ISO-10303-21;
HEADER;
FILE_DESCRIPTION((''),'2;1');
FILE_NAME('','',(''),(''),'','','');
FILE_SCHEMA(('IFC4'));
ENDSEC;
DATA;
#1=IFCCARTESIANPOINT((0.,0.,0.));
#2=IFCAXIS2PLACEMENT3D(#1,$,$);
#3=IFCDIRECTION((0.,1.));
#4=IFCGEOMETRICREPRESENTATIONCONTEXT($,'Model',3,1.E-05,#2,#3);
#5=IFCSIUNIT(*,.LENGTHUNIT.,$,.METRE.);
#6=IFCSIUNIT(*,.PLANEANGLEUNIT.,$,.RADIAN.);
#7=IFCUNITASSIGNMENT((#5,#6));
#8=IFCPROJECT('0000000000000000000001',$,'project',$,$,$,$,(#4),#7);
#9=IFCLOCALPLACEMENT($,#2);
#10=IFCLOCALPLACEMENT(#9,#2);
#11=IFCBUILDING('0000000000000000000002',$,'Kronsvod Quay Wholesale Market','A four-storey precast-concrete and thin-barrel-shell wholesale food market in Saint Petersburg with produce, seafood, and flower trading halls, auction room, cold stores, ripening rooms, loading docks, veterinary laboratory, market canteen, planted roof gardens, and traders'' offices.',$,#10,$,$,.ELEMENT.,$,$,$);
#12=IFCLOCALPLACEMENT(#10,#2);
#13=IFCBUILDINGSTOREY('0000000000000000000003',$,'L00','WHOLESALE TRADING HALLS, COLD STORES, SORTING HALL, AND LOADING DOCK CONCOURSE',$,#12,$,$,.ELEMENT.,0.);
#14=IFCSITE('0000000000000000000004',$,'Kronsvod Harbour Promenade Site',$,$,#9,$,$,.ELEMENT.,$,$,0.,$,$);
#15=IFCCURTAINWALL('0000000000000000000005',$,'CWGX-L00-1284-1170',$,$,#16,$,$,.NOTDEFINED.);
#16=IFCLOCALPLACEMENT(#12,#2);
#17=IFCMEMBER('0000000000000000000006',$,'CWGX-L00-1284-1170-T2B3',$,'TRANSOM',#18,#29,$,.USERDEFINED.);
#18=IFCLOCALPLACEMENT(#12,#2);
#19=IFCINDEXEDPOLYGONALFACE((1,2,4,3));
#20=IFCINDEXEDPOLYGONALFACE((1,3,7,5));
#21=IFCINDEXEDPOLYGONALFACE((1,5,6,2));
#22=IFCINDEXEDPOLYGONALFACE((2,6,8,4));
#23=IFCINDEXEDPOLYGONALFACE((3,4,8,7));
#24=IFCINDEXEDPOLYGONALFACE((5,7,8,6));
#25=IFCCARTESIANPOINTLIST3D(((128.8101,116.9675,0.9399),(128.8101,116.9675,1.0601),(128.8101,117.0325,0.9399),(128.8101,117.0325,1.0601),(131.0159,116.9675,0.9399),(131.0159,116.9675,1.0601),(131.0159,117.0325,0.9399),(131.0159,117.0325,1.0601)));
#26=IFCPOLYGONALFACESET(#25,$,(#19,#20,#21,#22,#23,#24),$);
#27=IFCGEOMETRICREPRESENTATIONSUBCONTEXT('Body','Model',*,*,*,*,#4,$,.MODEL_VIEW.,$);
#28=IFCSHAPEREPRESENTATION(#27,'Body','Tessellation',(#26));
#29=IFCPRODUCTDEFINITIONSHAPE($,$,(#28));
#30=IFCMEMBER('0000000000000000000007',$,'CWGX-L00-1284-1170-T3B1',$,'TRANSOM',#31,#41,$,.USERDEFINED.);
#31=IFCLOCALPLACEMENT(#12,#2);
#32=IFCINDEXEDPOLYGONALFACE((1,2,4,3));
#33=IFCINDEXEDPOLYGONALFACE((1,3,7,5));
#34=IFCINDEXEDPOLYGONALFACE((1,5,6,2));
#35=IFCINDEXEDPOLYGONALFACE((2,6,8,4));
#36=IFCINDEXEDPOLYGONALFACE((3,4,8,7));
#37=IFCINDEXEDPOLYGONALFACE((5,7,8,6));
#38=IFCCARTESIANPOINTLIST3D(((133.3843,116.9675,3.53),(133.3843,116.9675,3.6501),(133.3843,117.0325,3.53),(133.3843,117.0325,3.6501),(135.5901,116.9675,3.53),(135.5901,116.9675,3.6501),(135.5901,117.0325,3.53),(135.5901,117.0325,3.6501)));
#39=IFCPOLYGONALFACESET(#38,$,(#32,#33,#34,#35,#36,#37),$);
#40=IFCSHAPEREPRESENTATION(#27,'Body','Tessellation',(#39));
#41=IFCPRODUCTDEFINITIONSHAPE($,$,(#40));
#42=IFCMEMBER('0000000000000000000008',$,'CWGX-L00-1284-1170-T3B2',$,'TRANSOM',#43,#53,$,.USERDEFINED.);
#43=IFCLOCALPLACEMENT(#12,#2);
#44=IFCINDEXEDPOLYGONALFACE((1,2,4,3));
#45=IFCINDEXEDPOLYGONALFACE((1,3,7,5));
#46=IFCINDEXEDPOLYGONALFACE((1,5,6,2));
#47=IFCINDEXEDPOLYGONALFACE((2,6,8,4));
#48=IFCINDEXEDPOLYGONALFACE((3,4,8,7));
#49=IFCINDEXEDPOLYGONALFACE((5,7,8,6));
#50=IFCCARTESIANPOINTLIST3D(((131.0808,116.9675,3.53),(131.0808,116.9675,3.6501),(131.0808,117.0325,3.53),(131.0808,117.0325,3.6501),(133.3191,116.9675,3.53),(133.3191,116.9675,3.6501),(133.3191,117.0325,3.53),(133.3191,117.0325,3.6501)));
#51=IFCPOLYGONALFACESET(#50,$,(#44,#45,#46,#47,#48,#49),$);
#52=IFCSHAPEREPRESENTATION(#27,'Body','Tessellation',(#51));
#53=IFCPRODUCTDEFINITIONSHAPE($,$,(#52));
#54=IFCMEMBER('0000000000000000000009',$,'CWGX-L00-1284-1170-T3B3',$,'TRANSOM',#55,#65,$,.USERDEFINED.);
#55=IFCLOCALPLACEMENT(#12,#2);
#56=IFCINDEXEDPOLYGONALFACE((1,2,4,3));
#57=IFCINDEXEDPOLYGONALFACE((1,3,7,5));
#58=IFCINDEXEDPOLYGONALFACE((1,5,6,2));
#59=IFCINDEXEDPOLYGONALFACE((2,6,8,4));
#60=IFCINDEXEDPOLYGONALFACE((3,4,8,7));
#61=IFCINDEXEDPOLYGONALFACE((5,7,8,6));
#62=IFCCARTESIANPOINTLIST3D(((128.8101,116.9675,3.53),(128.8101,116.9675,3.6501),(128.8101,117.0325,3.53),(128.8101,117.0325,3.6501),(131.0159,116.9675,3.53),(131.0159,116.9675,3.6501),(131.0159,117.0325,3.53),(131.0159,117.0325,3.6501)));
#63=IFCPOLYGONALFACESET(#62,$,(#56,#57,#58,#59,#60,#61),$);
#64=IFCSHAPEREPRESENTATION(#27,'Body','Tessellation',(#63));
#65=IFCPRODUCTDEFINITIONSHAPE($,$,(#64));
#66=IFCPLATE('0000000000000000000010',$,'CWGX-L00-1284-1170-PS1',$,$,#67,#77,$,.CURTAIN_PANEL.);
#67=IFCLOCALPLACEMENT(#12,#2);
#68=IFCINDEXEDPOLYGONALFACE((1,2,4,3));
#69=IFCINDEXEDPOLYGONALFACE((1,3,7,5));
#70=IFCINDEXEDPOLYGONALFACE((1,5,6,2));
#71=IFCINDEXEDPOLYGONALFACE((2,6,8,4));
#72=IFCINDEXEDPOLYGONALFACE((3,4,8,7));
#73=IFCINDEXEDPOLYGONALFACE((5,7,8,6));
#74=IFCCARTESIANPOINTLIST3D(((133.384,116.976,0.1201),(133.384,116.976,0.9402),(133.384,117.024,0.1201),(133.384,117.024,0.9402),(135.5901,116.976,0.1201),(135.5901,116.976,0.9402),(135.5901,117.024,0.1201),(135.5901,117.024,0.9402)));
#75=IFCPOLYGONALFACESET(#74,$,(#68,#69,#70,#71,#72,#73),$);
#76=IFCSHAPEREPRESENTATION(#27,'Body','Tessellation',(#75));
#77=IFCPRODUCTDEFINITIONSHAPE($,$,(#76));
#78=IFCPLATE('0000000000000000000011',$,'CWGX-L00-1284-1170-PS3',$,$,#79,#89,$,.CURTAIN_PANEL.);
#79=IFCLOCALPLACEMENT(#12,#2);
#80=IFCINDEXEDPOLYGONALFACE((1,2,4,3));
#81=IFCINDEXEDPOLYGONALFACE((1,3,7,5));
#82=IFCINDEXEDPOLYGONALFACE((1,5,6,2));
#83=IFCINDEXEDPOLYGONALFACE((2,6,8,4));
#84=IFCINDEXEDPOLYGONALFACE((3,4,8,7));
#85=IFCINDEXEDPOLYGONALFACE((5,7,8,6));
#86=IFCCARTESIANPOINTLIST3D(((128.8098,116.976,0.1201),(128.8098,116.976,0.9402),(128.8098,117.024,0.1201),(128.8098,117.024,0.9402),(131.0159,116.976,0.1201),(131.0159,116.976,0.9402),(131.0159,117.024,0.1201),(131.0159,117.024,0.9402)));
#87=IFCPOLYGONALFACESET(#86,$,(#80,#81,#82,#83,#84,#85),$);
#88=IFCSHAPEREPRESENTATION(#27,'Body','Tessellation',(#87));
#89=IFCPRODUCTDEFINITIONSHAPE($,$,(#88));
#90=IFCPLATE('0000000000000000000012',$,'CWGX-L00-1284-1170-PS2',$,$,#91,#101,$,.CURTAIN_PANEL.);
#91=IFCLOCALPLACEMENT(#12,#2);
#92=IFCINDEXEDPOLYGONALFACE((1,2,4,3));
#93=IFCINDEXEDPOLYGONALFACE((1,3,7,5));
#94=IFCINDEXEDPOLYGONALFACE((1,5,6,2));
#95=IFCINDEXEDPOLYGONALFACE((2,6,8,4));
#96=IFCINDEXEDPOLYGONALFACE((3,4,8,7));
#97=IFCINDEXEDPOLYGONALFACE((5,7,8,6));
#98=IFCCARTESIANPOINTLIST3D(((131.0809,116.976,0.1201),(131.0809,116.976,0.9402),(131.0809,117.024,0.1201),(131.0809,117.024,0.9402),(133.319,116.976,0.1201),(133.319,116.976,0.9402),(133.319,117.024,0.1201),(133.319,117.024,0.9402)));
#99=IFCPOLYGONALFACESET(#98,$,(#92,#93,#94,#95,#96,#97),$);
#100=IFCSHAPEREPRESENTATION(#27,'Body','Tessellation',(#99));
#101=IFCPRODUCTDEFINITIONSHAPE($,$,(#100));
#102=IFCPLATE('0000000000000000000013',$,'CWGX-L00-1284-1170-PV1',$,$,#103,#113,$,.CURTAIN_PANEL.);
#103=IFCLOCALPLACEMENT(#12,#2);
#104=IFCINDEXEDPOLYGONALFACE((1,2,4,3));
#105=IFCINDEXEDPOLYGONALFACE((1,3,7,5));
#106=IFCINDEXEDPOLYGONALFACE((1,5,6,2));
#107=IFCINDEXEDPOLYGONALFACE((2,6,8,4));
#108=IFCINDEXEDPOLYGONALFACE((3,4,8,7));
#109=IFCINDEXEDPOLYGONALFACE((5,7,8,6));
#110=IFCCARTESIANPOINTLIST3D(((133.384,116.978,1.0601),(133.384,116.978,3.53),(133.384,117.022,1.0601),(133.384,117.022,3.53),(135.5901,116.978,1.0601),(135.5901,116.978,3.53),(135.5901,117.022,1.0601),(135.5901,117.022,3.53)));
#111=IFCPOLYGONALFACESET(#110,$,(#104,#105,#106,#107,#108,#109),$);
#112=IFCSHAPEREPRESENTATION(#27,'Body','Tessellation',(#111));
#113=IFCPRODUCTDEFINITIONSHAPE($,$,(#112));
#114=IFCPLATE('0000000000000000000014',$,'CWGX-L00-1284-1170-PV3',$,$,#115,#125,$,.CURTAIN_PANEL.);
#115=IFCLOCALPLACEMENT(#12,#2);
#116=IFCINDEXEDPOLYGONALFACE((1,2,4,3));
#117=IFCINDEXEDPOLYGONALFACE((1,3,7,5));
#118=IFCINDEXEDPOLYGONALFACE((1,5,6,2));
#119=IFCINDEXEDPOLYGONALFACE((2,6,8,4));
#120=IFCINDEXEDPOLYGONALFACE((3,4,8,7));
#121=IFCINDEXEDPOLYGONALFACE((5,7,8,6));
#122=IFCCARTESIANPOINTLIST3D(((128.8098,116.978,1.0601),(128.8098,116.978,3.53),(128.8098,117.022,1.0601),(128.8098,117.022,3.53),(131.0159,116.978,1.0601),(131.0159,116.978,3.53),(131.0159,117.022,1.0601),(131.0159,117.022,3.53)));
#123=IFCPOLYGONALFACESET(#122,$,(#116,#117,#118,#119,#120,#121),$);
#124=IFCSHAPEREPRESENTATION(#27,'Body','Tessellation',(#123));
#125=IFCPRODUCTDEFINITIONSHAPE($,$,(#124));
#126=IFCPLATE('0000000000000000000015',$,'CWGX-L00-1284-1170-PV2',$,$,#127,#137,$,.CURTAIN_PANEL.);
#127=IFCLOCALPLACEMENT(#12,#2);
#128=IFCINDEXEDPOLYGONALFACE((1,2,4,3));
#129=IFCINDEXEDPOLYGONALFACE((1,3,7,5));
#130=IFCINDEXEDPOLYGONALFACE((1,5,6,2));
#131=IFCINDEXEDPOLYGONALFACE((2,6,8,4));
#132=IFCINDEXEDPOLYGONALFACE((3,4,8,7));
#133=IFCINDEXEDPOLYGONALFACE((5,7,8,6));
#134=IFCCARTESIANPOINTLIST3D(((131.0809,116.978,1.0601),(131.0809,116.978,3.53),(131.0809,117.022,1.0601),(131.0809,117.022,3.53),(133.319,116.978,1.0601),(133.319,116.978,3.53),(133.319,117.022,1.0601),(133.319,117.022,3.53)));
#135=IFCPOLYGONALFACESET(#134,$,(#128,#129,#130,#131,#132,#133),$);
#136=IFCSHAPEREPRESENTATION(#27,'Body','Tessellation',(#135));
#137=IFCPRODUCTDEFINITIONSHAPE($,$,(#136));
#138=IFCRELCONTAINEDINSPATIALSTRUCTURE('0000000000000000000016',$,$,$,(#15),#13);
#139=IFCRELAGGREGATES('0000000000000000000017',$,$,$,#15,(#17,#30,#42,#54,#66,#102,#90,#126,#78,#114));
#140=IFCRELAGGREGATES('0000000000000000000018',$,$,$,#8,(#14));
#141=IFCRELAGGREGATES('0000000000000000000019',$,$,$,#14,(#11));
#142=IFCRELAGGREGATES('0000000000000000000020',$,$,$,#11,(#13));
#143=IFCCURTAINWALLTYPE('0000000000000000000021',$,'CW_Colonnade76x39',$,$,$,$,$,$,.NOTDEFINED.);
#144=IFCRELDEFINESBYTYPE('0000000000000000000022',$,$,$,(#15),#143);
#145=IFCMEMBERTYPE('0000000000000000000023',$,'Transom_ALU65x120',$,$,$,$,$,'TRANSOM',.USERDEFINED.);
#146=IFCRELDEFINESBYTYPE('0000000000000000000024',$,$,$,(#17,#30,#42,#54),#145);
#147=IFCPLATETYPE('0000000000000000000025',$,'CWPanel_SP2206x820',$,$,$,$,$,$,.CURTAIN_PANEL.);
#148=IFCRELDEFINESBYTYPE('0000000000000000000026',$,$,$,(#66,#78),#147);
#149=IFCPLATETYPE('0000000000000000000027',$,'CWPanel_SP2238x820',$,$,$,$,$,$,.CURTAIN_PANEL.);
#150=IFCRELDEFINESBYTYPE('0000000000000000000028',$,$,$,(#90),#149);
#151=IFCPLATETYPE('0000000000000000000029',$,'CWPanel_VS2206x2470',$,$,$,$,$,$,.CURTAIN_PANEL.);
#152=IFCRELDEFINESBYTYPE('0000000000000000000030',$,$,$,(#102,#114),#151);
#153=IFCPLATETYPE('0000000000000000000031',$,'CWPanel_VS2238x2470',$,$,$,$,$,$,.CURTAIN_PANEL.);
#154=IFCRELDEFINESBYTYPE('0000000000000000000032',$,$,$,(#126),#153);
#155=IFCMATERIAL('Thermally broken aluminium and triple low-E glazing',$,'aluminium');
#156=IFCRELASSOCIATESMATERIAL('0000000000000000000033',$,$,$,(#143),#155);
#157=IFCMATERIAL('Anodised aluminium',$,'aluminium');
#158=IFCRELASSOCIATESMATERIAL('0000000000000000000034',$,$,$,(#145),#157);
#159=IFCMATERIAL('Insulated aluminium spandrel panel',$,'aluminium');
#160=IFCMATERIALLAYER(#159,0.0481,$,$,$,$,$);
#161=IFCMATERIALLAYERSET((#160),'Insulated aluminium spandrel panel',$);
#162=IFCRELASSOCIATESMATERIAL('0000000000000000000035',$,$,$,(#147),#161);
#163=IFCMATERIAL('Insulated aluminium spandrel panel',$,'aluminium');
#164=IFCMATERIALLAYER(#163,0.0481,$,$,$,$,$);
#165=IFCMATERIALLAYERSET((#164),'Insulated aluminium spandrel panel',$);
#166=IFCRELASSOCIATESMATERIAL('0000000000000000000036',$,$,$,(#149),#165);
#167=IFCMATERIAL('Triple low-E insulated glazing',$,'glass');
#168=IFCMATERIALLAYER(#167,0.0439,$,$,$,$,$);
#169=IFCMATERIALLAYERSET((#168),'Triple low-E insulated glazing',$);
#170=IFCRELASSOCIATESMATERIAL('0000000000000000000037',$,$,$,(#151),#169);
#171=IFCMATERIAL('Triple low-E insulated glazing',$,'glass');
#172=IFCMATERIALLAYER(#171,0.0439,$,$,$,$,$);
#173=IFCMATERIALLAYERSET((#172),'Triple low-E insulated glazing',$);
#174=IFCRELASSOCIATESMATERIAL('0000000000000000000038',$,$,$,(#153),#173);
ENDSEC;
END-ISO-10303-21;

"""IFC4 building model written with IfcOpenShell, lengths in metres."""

from ifc_helpers import new_model, si_unit, direction, frame, origin, origin_2d, place, context, subcontext, project, spatial, rectangle, extrude, material, layer, layer_set, material_profile, profile_set, type_object, element, aggregate, save


model = new_model("IFC4")

# Units and contexts
model_context = context("Model", 3, precision=1e-05, world=origin(), true_north=direction((0.0, 1.0)))
body_context = subcontext(model_context, "Body", "Model", "MODEL_VIEW")
ifc_project = project(units=[si_unit("LENGTHUNIT", "METRE"), si_unit("PLANEANGLEUNIT", "RADIAN")], contexts=[model_context])

# Site, building, storey
site_placement = place(None, origin())
site = spatial("IfcSite", under=ifc_project, at=site_placement, Name="Kronsvod Harbour Promenade Site", CompositionType="ELEMENT", RefElevation=0.0)
building_placement = place(site_placement, origin())
building = spatial("IfcBuilding", under=site, at=building_placement, Name="Kronsvod Quay Wholesale Market", Description="A four-storey precast-concrete and thin-barrel-shell wholesale food market in Saint Petersburg with produce, seafood, and flower trading halls, auction room, cold stores, ripening rooms, loading docks, veterinary laboratory, market canteen, planted roof gardens, and traders' offices.", CompositionType="ELEMENT")
storey_placement = place(building_placement, origin())
storey = spatial("IfcBuildingStorey", under=building, at=storey_placement, Name="L00", Description="WHOLESALE TRADING HALLS, COLD STORES, SORTING HALL, AND LOADING DOCK CONCOURSE", CompositionType="ELEMENT", Elevation=0.0)

# Curtain wall, members, plates
ifc_material_1 = material(Name="Thermally broken aluminium and triple low-E glazing", Category="aluminium")
curtain_wall_type = type_object("IfcCurtainWallType", Name="CW_Colonnade76x39", PredefinedType="NOTDEFINED", material=ifc_material_1)
curtain_wall_placement = place(storey_placement, origin())
curtain_wall = element("IfcCurtainWall", 1, at=curtain_wall_placement, inside=storey, type_object=curtain_wall_type, Name="CWGX-L00-1284-1170", PredefinedType="NOTDEFINED")
ifc_material_2 = material(Name="Anodised aluminium", Category="aluminium")
ifc_material_profile_1 = material_profile(ifc_material_2, rectangle(XDim=0.0649, YDim=0.1201, at=origin_2d()), Name="ALUT65x120")
ifc_profile_set_1 = profile_set([ifc_material_profile_1], Name="Anodised aluminium")
member_type_1 = type_object("IfcMemberType", Name="Transom_ALU65x120", ElementType="TRANSOM", PredefinedType="USERDEFINED", material=ifc_profile_set_1)
member_1_placement = place(storey_placement, frame((131.0159, 117.0, 1.0), z_axis=(-1.0, 0.0, 0.0), x_axis=(0.0, -1.0, 0.0)))
member_1 = element("IfcMember", 2, at=member_1_placement, type_object=member_type_1, Name="CWGX-L00-1284-1170-T2B3", ObjectType="TRANSOM", PredefinedType="USERDEFINED", context=body_context, shape_type="SweptSolid", body=[
    extrude(rectangle(XDim=0.0649, YDim=0.1201, at=origin_2d()), origin(), (0.0, 0.0, 1.0), 2.2058),
])
member_2_placement = place(storey_placement, frame((135.5901, 117.0, 3.5901), z_axis=(-1.0, 0.0, 0.0), x_axis=(0.0, -1.0, 0.0)))
member_2 = element("IfcMember", 3, at=member_2_placement, type_object=member_type_1, Name="CWGX-L00-1284-1170-T3B1", ObjectType="TRANSOM", PredefinedType="USERDEFINED", context=body_context, shape_type="SweptSolid", body=[
    extrude(rectangle(XDim=0.0649, YDim=0.1201, at=origin_2d()), origin(), (0.0, 0.0, 1.0), 2.2058),
])
member_3_placement = place(storey_placement, frame((133.3191, 117.0, 3.5901), z_axis=(-1.0, 0.0, 0.0), x_axis=(0.0, -1.0, 0.0)))
member_3 = element("IfcMember", 4, at=member_3_placement, type_object=member_type_1, Name="CWGX-L00-1284-1170-T3B2", ObjectType="TRANSOM", PredefinedType="USERDEFINED", context=body_context, shape_type="SweptSolid", body=[
    extrude(rectangle(XDim=0.0649, YDim=0.1201, at=origin_2d()), origin(), (0.0, 0.0, 1.0), 2.2383),
])
member_4_placement = place(storey_placement, frame((131.0159, 117.0, 3.5901), z_axis=(-1.0, 0.0, 0.0), x_axis=(0.0, -1.0, 0.0)))
member_4 = element("IfcMember", 5, at=member_4_placement, type_object=member_type_1, Name="CWGX-L00-1284-1170-T3B3", ObjectType="TRANSOM", PredefinedType="USERDEFINED", context=body_context, shape_type="SweptSolid", body=[
    extrude(rectangle(XDim=0.0649, YDim=0.1201, at=origin_2d()), origin(), (0.0, 0.0, 1.0), 2.2058),
])
ifc_material_3 = material(Name="Insulated aluminium spandrel panel", Category="aluminium")
ifc_layer_1 = layer(ifc_material_3, 0.0481)
ifc_layer_set_1 = layer_set([ifc_layer_1], Name="Insulated aluminium spandrel panel")
plate_type_1 = type_object("IfcPlateType", Name="CWPanel_SP2206x820", PredefinedType="CURTAIN_PANEL", material=ifc_layer_set_1)
plate_1_placement = place(storey_placement, frame((134.4871, 117.0, 0.1201), z_axis=(0.0, 0.0, 1.0), x_axis=(-1.0, 0.0, 0.0)))
plate_1 = element("IfcPlate", 6, at=plate_1_placement, type_object=plate_type_1, Name="CWGX-L00-1284-1170-PS1", PredefinedType="CURTAIN_PANEL", context=body_context, shape_type="SweptSolid", body=[
    extrude(rectangle(XDim=2.2061, YDim=0.0481, at=origin_2d()), origin(), (0.0, 0.0, 1.0), 0.8201),
])
plate_2_placement = place(storey_placement, frame((129.9128, 117.0, 0.1201), z_axis=(0.0, 0.0, 1.0), x_axis=(-1.0, 0.0, 0.0)))
plate_2 = element("IfcPlate", 7, at=plate_2_placement, type_object=plate_type_1, Name="CWGX-L00-1284-1170-PS3", PredefinedType="CURTAIN_PANEL", context=body_context, shape_type="SweptSolid", body=[
    extrude(rectangle(XDim=2.2061, YDim=0.0481, at=origin_2d()), origin(), (0.0, 0.0, 1.0), 0.8201),
])
ifc_material_4 = material(Name="Insulated aluminium spandrel panel", Category="aluminium")
ifc_layer_2 = layer(ifc_material_4, 0.0481)
ifc_layer_set_2 = layer_set([ifc_layer_2], Name="Insulated aluminium spandrel panel")
plate_type_2 = type_object("IfcPlateType", Name="CWPanel_SP2238x820", PredefinedType="CURTAIN_PANEL", material=ifc_layer_set_2)
plate_3_placement = place(storey_placement, frame((132.2, 117.0, 0.1201), z_axis=(0.0, 0.0, 1.0), x_axis=(-1.0, 0.0, 0.0)))
plate_3 = element("IfcPlate", 8, at=plate_3_placement, type_object=plate_type_2, Name="CWGX-L00-1284-1170-PS2", PredefinedType="CURTAIN_PANEL", context=body_context, shape_type="SweptSolid", body=[
    extrude(rectangle(XDim=2.238, YDim=0.0481, at=origin_2d()), origin(), (0.0, 0.0, 1.0), 0.8201),
])
ifc_material_5 = material(Name="Triple low-E insulated glazing", Category="glass")
ifc_layer_3 = layer(ifc_material_5, 0.0439)
ifc_layer_set_3 = layer_set([ifc_layer_3], Name="Triple low-E insulated glazing")
plate_type_3 = type_object("IfcPlateType", Name="CWPanel_VS2206x2470", PredefinedType="CURTAIN_PANEL", material=ifc_layer_set_3)
plate_4_placement = place(storey_placement, frame((134.4871, 117.0, 1.0601), z_axis=(0.0, 0.0, 1.0), x_axis=(-1.0, 0.0, 0.0)))
plate_4 = element("IfcPlate", 9, at=plate_4_placement, type_object=plate_type_3, Name="CWGX-L00-1284-1170-PV1", PredefinedType="CURTAIN_PANEL", context=body_context, shape_type="SweptSolid", body=[
    extrude(rectangle(XDim=2.2061, YDim=0.0439, at=origin_2d()), origin(), (0.0, 0.0, 1.0), 2.47),
])
plate_5_placement = place(storey_placement, frame((129.9128, 117.0, 1.0601), z_axis=(0.0, 0.0, 1.0), x_axis=(-1.0, 0.0, 0.0)))
plate_5 = element("IfcPlate", 10, at=plate_5_placement, type_object=plate_type_3, Name="CWGX-L00-1284-1170-PV3", PredefinedType="CURTAIN_PANEL", context=body_context, shape_type="SweptSolid", body=[
    extrude(rectangle(XDim=2.2061, YDim=0.0439, at=origin_2d()), origin(), (0.0, 0.0, 1.0), 2.47),
])
ifc_material_6 = material(Name="Triple low-E insulated glazing", Category="glass")
ifc_layer_4 = layer(ifc_material_6, 0.0439)
ifc_layer_set_4 = layer_set([ifc_layer_4], Name="Triple low-E insulated glazing")
plate_type_4 = type_object("IfcPlateType", Name="CWPanel_VS2238x2470", PredefinedType="CURTAIN_PANEL", material=ifc_layer_set_4)
plate_6_placement = place(storey_placement, frame((132.2, 117.0, 1.0601), z_axis=(0.0, 0.0, 1.0), x_axis=(-1.0, 0.0, 0.0)))
plate_6 = element("IfcPlate", 11, at=plate_6_placement, type_object=plate_type_4, Name="CWGX-L00-1284-1170-PV2", PredefinedType="CURTAIN_PANEL", context=body_context, shape_type="SweptSolid", body=[
    extrude(rectangle(XDim=2.238, YDim=0.0439, at=origin_2d()), origin(), (0.0, 0.0, 1.0), 2.47),
])
aggregate(curtain_wall, [member_1, member_2, member_3, member_4, plate_1, plate_4, plate_3, plate_6, plate_2, plate_5])

save(model, "model.ifc")
